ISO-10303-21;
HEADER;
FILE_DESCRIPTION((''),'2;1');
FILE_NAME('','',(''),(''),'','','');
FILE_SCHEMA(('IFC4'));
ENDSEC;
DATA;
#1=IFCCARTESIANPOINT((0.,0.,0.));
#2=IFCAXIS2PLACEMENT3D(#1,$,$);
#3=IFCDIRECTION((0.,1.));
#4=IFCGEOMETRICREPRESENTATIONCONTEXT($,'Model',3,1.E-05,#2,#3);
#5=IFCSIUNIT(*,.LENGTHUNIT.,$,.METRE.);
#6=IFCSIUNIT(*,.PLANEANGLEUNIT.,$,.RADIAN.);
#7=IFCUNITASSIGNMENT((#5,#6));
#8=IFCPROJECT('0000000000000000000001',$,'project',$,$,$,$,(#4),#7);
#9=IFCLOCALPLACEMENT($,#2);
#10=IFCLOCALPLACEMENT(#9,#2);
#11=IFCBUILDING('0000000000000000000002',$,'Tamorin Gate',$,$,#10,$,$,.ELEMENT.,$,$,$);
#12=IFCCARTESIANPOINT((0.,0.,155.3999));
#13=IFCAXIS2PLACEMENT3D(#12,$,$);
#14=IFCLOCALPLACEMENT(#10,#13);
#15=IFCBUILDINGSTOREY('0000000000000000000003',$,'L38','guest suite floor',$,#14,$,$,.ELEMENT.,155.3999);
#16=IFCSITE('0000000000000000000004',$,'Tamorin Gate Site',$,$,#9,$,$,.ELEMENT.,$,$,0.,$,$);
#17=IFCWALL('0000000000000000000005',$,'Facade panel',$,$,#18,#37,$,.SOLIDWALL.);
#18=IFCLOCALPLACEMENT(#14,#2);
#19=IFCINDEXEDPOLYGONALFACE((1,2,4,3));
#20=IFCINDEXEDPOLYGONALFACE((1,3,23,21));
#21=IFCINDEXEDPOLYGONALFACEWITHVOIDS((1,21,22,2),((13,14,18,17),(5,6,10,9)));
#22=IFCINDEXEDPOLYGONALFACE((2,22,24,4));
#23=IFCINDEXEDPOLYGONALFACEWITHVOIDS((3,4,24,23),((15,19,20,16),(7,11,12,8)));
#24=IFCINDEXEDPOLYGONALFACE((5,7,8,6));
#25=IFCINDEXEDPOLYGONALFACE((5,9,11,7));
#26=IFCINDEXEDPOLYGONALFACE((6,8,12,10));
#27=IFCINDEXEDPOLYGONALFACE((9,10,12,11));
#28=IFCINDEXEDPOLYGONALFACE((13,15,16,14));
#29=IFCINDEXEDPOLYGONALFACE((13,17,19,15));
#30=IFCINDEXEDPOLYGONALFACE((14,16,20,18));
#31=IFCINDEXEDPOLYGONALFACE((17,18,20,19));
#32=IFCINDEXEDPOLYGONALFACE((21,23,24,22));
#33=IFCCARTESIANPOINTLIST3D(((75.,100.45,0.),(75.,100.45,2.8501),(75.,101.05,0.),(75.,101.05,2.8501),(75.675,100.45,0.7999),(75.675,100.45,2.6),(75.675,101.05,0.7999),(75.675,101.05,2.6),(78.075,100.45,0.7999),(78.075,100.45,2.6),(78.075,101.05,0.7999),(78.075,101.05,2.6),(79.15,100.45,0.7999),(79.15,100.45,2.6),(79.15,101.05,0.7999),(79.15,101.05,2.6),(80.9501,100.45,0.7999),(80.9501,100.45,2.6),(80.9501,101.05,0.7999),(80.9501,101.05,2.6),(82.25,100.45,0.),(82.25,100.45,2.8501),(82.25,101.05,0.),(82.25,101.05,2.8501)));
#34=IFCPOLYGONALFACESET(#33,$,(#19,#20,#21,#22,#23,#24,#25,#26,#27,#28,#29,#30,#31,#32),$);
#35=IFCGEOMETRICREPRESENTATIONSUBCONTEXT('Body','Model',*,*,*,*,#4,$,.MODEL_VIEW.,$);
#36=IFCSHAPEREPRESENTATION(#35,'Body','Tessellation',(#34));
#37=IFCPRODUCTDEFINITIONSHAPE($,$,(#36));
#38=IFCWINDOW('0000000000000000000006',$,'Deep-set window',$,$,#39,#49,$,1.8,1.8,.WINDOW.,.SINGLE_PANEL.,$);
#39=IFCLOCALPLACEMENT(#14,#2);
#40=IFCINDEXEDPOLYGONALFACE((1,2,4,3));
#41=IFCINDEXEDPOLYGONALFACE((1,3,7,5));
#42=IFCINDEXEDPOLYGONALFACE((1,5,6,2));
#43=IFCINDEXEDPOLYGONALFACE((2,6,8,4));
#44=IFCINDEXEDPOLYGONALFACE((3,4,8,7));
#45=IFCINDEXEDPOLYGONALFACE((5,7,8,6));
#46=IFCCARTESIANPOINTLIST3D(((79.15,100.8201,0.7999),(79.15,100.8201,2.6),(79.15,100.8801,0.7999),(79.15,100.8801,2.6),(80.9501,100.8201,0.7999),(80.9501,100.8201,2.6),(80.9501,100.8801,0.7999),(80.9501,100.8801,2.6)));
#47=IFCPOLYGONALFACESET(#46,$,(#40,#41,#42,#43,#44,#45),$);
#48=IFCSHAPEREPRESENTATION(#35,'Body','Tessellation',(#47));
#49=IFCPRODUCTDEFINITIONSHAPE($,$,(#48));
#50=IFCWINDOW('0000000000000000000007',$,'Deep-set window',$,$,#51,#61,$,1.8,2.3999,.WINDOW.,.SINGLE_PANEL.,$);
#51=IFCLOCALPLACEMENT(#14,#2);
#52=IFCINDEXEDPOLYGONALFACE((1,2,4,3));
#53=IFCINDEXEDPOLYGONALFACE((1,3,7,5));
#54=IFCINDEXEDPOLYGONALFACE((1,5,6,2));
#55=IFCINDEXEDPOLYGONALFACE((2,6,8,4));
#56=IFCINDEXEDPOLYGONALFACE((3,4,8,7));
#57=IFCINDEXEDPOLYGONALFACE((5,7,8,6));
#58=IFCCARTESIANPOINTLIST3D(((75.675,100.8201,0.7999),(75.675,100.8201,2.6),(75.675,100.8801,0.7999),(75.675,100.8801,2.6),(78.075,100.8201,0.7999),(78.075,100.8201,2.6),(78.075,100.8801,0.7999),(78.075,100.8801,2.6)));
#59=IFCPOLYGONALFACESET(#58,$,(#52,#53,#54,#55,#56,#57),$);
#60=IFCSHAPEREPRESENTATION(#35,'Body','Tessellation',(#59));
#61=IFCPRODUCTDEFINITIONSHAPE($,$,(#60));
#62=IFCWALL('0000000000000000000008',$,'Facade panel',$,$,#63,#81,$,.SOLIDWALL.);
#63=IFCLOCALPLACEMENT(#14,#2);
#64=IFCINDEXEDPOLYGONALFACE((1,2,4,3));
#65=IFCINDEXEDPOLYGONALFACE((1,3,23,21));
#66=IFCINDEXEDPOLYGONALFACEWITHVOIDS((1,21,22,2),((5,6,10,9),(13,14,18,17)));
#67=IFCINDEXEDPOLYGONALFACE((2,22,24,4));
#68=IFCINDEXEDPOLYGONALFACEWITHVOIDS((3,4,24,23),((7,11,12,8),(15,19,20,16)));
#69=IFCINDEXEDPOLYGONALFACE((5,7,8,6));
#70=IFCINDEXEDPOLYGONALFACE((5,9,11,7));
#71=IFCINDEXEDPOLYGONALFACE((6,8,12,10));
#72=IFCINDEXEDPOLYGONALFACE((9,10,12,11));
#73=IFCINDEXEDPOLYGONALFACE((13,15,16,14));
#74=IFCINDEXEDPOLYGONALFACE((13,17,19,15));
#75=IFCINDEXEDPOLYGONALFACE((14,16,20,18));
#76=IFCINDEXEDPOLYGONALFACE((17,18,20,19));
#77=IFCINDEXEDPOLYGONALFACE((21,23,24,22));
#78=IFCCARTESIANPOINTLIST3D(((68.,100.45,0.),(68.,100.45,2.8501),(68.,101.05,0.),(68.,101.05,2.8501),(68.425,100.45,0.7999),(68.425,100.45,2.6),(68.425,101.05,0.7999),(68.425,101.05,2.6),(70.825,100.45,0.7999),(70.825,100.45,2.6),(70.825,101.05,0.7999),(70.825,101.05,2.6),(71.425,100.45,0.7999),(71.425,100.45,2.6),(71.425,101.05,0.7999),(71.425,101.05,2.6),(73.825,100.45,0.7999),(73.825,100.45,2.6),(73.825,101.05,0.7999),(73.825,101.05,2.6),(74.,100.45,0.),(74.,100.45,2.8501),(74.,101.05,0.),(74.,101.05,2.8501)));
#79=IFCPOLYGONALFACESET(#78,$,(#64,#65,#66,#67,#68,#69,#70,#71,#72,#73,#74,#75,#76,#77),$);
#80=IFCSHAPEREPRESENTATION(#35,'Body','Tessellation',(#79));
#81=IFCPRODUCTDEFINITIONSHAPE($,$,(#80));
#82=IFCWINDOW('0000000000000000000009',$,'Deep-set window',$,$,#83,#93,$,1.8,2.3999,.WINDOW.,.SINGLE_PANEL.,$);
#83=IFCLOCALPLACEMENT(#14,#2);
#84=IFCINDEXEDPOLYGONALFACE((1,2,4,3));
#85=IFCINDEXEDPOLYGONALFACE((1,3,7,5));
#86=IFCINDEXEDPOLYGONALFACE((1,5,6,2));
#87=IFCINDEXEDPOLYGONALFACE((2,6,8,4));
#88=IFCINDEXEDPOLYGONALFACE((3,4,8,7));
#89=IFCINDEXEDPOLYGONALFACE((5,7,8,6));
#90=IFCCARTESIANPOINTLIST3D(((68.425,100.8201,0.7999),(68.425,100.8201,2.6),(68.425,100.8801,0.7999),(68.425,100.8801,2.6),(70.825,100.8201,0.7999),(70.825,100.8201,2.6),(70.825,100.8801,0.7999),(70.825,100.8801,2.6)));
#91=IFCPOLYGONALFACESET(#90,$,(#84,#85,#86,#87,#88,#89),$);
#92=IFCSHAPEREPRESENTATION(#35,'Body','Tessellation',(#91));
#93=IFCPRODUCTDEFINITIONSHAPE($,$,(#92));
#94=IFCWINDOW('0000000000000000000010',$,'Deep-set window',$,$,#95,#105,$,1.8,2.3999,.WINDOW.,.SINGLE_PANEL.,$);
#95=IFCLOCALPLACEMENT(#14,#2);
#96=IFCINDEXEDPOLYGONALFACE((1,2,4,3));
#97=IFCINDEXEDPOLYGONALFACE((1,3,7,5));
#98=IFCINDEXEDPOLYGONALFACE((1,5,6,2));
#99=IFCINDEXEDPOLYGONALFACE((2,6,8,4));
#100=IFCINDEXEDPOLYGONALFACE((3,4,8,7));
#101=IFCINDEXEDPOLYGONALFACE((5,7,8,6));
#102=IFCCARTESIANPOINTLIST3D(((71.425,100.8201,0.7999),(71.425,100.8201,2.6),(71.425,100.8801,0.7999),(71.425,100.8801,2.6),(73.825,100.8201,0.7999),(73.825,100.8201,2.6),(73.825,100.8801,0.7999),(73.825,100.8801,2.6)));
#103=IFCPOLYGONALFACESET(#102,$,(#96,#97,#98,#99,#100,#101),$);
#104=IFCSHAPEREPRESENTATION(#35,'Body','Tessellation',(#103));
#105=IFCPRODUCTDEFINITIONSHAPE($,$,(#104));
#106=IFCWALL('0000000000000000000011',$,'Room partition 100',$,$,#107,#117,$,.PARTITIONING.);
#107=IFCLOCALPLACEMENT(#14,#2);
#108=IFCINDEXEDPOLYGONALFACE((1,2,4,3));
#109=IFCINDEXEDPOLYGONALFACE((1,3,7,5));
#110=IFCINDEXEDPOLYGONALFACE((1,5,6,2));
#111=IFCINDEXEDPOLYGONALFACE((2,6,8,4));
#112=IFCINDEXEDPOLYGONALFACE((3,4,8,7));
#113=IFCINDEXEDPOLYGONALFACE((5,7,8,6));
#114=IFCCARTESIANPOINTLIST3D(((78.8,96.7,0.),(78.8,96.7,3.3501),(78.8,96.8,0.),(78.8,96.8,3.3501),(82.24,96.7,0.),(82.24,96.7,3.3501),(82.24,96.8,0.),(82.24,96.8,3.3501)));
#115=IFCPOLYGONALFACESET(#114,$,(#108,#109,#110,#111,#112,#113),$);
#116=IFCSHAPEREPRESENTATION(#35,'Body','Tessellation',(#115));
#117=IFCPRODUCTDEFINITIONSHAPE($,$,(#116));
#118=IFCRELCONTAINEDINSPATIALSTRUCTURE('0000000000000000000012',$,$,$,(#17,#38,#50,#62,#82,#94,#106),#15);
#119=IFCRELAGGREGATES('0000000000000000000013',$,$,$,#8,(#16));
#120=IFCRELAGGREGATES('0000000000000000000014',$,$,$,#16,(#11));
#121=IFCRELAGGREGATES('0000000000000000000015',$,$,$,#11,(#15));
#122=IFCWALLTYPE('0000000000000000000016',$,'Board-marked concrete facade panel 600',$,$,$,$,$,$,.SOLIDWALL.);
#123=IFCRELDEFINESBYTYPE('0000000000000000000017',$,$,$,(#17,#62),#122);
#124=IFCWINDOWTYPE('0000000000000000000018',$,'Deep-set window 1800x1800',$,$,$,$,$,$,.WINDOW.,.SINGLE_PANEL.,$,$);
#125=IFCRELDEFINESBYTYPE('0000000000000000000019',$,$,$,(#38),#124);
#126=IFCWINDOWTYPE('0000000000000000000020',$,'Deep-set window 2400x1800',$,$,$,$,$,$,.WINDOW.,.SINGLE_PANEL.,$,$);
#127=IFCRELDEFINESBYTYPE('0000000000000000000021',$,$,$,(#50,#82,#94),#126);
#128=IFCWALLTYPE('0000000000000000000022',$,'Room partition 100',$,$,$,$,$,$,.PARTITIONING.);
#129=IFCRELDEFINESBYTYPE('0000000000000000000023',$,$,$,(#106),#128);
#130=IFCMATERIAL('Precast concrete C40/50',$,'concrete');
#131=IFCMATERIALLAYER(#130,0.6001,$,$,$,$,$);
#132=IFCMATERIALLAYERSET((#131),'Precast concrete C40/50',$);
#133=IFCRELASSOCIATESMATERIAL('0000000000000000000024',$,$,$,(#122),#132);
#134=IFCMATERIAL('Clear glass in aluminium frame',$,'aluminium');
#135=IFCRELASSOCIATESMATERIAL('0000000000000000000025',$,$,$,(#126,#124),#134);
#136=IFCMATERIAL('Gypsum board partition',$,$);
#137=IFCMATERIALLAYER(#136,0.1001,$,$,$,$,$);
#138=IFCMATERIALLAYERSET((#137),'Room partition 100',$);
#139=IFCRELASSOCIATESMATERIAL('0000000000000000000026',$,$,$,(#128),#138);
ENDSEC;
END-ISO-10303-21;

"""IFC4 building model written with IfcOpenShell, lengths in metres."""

from ifc_helpers import new_model, si_unit, direction, frame, frame_2d, origin, place, context, subcontext, project, spatial, rectangle, extrude, material, layer, layer_set, type_object, element, fill, save


model = new_model("IFC4")

# Units and contexts
model_context = context("Model", 3, precision=1e-05, world=origin(), true_north=direction((0.0, 1.0)))
body_context = subcontext(model_context, "Body", "Model", "MODEL_VIEW")
ifc_project = project(units=[si_unit("LENGTHUNIT", "METRE"), si_unit("PLANEANGLEUNIT", "RADIAN")], contexts=[model_context])

# Site, building, storey
site_placement = place(None, origin())
site = spatial("IfcSite", under=ifc_project, at=site_placement, Name="Tamorin Gate Site", CompositionType="ELEMENT", RefElevation=0.0)
building_placement = place(site_placement, origin())
building = spatial("IfcBuilding", under=site, at=building_placement, Name="Tamorin Gate", CompositionType="ELEMENT")
storey_placement = place(building_placement, frame((0.0, 0.0, 155.3999)))
storey = spatial("IfcBuildingStorey", under=building, at=storey_placement, Name="L38", Description="guest suite floor", CompositionType="ELEMENT", Elevation=155.3999)

# Shared definitions
ifc_material_1 = material(Name="Precast concrete C40/50", Category="concrete")
ifc_layer_1 = layer(ifc_material_1, 0.6001)
ifc_layer_set_1 = layer_set([ifc_layer_1], Name="Precast concrete C40/50")
wall_type_1 = type_object("IfcWallType", Name="Board-marked concrete facade panel 600", PredefinedType="SOLIDWALL", material=ifc_layer_set_1)
ifc_material_2 = material(Name="Clear glass in aluminium frame", Category="aluminium")
window_type_1 = type_object("IfcWindowType", Name="Deep-set window 2400x1800", PartitioningType="SINGLE_PANEL", PredefinedType="WINDOW", material=ifc_material_2)

# Walls, openings, windows
wall_1_placement = place(storey_placement, frame((82.25, 100.75, 0.0), z_axis=(0.0, 0.0, 1.0), x_axis=(-1.0, 0.0, 0.0)))
wall_1 = element("IfcWall", 1, at=wall_1_placement, inside=storey, type_object=wall_type_1, Name="Facade panel", PredefinedType="SOLIDWALL", context=body_context, shape_type="SweptSolid", body=[
    extrude(rectangle(XDim=7.25, YDim=0.6001, at=frame_2d((3.625, 0.0))), origin(), (0.0, 0.0, 1.0), 2.8501),
])
opening_1_placement = place(wall_1_placement, frame((4.175, 0.0, 0.8)))
opening_1 = element("IfcOpeningElement", 2, at=opening_1_placement, cuts=wall_1, PredefinedType="OPENING", context=body_context, shape_type="SweptSolid", body=[
    extrude(rectangle(XDim=2.3999, YDim=1.8, at=frame_2d((1.2, 0.8999))), frame((0.0, 0.3101, 0.0), z_axis=(0.0, -1.0, 0.0), x_axis=(1.0, 0.0, 0.0)), (0.0, 0.0, 1.0), 0.6201),
])
opening_2_placement = place(wall_1_placement, frame((1.3, 0.0, 0.8)))
opening_2 = element("IfcOpeningElement", 3, at=opening_2_placement, cuts=wall_1, PredefinedType="OPENING", context=body_context, shape_type="SweptSolid", body=[
    extrude(rectangle(XDim=1.8, YDim=1.8, at=frame_2d((0.8999, 0.8999))), frame((0.0, 0.3101, 0.0), z_axis=(0.0, -1.0, 0.0), x_axis=(1.0, 0.0, 0.0)), (0.0, 0.0, 1.0), 0.6201),
])
window_type_2 = type_object("IfcWindowType", Name="Deep-set window 1800x1800", PartitioningType="SINGLE_PANEL", PredefinedType="WINDOW", material=ifc_material_2)
window_1_placement = place(opening_2_placement, origin())
window_1 = element("IfcWindow", 4, at=window_1_placement, inside=storey, type_object=window_type_2, Name="Deep-set window", OverallHeight=1.8, OverallWidth=1.8, PartitioningType="SINGLE_PANEL", PredefinedType="WINDOW", context=body_context, shape_type="SweptSolid", body=[
    extrude(rectangle(XDim=1.8, YDim=1.8, at=frame_2d((0.8999, 0.8999))), frame((0.0, -0.0701, 0.0), z_axis=(0.0, -1.0, 0.0), x_axis=(1.0, 0.0, 0.0)), (0.0, 0.0, 1.0), 0.0601),
])
fill(opening_2, window_1)
window_2_placement = place(opening_1_placement, origin())
window_2 = element("IfcWindow", 5, at=window_2_placement, inside=storey, type_object=window_type_1, Name="Deep-set window", OverallHeight=1.8, OverallWidth=2.3999, PartitioningType="SINGLE_PANEL", PredefinedType="WINDOW", context=body_context, shape_type="SweptSolid", body=[
    extrude(rectangle(XDim=2.3999, YDim=1.8, at=frame_2d((1.2, 0.8999))), frame((0.0, -0.0701, 0.0), z_axis=(0.0, -1.0, 0.0), x_axis=(1.0, 0.0, 0.0)), (0.0, 0.0, 1.0), 0.0601),
])
fill(opening_1, window_2)
wall_2_placement = place(storey_placement, frame((74.0, 100.75, 0.0), z_axis=(0.0, 0.0, 1.0), x_axis=(-1.0, 0.0, 0.0)))
wall_2 = element("IfcWall", 6, at=wall_2_placement, inside=storey, type_object=wall_type_1, Name="Facade panel", PredefinedType="SOLIDWALL", context=body_context, shape_type="SweptSolid", body=[
    extrude(rectangle(XDim=6.0, YDim=0.6001, at=frame_2d((3.0, 0.0))), origin(), (0.0, 0.0, 1.0), 2.8501),
])
opening_3_placement = place(wall_2_placement, frame((3.175, 0.0, 0.8)))
opening_3 = element("IfcOpeningElement", 7, at=opening_3_placement, cuts=wall_2, PredefinedType="OPENING", context=body_context, shape_type="SweptSolid", body=[
    extrude(rectangle(XDim=2.3999, YDim=1.8, at=frame_2d((1.2, 0.8999))), frame((0.0, 0.3101, 0.0), z_axis=(0.0, -1.0, 0.0), x_axis=(1.0, 0.0, 0.0)), (0.0, 0.0, 1.0), 0.6201),
])
opening_4_placement = place(wall_2_placement, frame((0.175, 0.0, 0.8)))
opening_4 = element("IfcOpeningElement", 8, at=opening_4_placement, cuts=wall_2, PredefinedType="OPENING", context=body_context, shape_type="SweptSolid", body=[
    extrude(rectangle(XDim=2.3999, YDim=1.8, at=frame_2d((1.2, 0.8999))), frame((0.0, 0.3101, 0.0), z_axis=(0.0, -1.0, 0.0), x_axis=(1.0, 0.0, 0.0)), (0.0, 0.0, 1.0), 0.6201),
])
window_3_placement = place(opening_3_placement, origin())
window_3 = element("IfcWindow", 9, at=window_3_placement, inside=storey, type_object=window_type_1, Name="Deep-set window", OverallHeight=1.8, OverallWidth=2.3999, PartitioningType="SINGLE_PANEL", PredefinedType="WINDOW", context=body_context, shape_type="SweptSolid", body=[
    extrude(rectangle(XDim=2.3999, YDim=1.8, at=frame_2d((1.2, 0.8999))), frame((0.0, -0.0701, 0.0), z_axis=(0.0, -1.0, 0.0), x_axis=(1.0, 0.0, 0.0)), (0.0, 0.0, 1.0), 0.0601),
])
fill(opening_3, window_3)
window_4_placement = place(opening_4_placement, origin())
window_4 = element("IfcWindow", 10, at=window_4_placement, inside=storey, type_object=window_type_1, Name="Deep-set window", OverallHeight=1.8, OverallWidth=2.3999, PartitioningType="SINGLE_PANEL", PredefinedType="WINDOW", context=body_context, shape_type="SweptSolid", body=[
    extrude(rectangle(XDim=2.3999, YDim=1.8, at=frame_2d((1.2, 0.8999))), frame((0.0, -0.0701, 0.0), z_axis=(0.0, -1.0, 0.0), x_axis=(1.0, 0.0, 0.0)), (0.0, 0.0, 1.0), 0.0601),
])
fill(opening_4, window_4)

# Wall
ifc_material_3 = material(Name="Gypsum board partition")
ifc_layer_2 = layer(ifc_material_3, 0.1001)
ifc_layer_set_2 = layer_set([ifc_layer_2], Name="Room partition 100")
wall_type_2 = type_object("IfcWallType", Name="Room partition 100", PredefinedType="PARTITIONING", material=ifc_layer_set_2)
wall_3_placement = place(storey_placement, frame((78.8, 96.75, 0.0), z_axis=(0.0, 0.0, 1.0), x_axis=(1.0, 0.0, 0.0)))
element("IfcWall", 11, at=wall_3_placement, inside=storey, type_object=wall_type_2, Name="Room partition 100", PredefinedType="PARTITIONING", context=body_context, shape_type="SweptSolid", body=[
    extrude(rectangle(XDim=3.4399, YDim=0.1001, at=frame_2d((1.72, 0.0))), origin(), (0.0, 0.0, 1.0), 3.3501),
])

save(model, "model.ifc")
